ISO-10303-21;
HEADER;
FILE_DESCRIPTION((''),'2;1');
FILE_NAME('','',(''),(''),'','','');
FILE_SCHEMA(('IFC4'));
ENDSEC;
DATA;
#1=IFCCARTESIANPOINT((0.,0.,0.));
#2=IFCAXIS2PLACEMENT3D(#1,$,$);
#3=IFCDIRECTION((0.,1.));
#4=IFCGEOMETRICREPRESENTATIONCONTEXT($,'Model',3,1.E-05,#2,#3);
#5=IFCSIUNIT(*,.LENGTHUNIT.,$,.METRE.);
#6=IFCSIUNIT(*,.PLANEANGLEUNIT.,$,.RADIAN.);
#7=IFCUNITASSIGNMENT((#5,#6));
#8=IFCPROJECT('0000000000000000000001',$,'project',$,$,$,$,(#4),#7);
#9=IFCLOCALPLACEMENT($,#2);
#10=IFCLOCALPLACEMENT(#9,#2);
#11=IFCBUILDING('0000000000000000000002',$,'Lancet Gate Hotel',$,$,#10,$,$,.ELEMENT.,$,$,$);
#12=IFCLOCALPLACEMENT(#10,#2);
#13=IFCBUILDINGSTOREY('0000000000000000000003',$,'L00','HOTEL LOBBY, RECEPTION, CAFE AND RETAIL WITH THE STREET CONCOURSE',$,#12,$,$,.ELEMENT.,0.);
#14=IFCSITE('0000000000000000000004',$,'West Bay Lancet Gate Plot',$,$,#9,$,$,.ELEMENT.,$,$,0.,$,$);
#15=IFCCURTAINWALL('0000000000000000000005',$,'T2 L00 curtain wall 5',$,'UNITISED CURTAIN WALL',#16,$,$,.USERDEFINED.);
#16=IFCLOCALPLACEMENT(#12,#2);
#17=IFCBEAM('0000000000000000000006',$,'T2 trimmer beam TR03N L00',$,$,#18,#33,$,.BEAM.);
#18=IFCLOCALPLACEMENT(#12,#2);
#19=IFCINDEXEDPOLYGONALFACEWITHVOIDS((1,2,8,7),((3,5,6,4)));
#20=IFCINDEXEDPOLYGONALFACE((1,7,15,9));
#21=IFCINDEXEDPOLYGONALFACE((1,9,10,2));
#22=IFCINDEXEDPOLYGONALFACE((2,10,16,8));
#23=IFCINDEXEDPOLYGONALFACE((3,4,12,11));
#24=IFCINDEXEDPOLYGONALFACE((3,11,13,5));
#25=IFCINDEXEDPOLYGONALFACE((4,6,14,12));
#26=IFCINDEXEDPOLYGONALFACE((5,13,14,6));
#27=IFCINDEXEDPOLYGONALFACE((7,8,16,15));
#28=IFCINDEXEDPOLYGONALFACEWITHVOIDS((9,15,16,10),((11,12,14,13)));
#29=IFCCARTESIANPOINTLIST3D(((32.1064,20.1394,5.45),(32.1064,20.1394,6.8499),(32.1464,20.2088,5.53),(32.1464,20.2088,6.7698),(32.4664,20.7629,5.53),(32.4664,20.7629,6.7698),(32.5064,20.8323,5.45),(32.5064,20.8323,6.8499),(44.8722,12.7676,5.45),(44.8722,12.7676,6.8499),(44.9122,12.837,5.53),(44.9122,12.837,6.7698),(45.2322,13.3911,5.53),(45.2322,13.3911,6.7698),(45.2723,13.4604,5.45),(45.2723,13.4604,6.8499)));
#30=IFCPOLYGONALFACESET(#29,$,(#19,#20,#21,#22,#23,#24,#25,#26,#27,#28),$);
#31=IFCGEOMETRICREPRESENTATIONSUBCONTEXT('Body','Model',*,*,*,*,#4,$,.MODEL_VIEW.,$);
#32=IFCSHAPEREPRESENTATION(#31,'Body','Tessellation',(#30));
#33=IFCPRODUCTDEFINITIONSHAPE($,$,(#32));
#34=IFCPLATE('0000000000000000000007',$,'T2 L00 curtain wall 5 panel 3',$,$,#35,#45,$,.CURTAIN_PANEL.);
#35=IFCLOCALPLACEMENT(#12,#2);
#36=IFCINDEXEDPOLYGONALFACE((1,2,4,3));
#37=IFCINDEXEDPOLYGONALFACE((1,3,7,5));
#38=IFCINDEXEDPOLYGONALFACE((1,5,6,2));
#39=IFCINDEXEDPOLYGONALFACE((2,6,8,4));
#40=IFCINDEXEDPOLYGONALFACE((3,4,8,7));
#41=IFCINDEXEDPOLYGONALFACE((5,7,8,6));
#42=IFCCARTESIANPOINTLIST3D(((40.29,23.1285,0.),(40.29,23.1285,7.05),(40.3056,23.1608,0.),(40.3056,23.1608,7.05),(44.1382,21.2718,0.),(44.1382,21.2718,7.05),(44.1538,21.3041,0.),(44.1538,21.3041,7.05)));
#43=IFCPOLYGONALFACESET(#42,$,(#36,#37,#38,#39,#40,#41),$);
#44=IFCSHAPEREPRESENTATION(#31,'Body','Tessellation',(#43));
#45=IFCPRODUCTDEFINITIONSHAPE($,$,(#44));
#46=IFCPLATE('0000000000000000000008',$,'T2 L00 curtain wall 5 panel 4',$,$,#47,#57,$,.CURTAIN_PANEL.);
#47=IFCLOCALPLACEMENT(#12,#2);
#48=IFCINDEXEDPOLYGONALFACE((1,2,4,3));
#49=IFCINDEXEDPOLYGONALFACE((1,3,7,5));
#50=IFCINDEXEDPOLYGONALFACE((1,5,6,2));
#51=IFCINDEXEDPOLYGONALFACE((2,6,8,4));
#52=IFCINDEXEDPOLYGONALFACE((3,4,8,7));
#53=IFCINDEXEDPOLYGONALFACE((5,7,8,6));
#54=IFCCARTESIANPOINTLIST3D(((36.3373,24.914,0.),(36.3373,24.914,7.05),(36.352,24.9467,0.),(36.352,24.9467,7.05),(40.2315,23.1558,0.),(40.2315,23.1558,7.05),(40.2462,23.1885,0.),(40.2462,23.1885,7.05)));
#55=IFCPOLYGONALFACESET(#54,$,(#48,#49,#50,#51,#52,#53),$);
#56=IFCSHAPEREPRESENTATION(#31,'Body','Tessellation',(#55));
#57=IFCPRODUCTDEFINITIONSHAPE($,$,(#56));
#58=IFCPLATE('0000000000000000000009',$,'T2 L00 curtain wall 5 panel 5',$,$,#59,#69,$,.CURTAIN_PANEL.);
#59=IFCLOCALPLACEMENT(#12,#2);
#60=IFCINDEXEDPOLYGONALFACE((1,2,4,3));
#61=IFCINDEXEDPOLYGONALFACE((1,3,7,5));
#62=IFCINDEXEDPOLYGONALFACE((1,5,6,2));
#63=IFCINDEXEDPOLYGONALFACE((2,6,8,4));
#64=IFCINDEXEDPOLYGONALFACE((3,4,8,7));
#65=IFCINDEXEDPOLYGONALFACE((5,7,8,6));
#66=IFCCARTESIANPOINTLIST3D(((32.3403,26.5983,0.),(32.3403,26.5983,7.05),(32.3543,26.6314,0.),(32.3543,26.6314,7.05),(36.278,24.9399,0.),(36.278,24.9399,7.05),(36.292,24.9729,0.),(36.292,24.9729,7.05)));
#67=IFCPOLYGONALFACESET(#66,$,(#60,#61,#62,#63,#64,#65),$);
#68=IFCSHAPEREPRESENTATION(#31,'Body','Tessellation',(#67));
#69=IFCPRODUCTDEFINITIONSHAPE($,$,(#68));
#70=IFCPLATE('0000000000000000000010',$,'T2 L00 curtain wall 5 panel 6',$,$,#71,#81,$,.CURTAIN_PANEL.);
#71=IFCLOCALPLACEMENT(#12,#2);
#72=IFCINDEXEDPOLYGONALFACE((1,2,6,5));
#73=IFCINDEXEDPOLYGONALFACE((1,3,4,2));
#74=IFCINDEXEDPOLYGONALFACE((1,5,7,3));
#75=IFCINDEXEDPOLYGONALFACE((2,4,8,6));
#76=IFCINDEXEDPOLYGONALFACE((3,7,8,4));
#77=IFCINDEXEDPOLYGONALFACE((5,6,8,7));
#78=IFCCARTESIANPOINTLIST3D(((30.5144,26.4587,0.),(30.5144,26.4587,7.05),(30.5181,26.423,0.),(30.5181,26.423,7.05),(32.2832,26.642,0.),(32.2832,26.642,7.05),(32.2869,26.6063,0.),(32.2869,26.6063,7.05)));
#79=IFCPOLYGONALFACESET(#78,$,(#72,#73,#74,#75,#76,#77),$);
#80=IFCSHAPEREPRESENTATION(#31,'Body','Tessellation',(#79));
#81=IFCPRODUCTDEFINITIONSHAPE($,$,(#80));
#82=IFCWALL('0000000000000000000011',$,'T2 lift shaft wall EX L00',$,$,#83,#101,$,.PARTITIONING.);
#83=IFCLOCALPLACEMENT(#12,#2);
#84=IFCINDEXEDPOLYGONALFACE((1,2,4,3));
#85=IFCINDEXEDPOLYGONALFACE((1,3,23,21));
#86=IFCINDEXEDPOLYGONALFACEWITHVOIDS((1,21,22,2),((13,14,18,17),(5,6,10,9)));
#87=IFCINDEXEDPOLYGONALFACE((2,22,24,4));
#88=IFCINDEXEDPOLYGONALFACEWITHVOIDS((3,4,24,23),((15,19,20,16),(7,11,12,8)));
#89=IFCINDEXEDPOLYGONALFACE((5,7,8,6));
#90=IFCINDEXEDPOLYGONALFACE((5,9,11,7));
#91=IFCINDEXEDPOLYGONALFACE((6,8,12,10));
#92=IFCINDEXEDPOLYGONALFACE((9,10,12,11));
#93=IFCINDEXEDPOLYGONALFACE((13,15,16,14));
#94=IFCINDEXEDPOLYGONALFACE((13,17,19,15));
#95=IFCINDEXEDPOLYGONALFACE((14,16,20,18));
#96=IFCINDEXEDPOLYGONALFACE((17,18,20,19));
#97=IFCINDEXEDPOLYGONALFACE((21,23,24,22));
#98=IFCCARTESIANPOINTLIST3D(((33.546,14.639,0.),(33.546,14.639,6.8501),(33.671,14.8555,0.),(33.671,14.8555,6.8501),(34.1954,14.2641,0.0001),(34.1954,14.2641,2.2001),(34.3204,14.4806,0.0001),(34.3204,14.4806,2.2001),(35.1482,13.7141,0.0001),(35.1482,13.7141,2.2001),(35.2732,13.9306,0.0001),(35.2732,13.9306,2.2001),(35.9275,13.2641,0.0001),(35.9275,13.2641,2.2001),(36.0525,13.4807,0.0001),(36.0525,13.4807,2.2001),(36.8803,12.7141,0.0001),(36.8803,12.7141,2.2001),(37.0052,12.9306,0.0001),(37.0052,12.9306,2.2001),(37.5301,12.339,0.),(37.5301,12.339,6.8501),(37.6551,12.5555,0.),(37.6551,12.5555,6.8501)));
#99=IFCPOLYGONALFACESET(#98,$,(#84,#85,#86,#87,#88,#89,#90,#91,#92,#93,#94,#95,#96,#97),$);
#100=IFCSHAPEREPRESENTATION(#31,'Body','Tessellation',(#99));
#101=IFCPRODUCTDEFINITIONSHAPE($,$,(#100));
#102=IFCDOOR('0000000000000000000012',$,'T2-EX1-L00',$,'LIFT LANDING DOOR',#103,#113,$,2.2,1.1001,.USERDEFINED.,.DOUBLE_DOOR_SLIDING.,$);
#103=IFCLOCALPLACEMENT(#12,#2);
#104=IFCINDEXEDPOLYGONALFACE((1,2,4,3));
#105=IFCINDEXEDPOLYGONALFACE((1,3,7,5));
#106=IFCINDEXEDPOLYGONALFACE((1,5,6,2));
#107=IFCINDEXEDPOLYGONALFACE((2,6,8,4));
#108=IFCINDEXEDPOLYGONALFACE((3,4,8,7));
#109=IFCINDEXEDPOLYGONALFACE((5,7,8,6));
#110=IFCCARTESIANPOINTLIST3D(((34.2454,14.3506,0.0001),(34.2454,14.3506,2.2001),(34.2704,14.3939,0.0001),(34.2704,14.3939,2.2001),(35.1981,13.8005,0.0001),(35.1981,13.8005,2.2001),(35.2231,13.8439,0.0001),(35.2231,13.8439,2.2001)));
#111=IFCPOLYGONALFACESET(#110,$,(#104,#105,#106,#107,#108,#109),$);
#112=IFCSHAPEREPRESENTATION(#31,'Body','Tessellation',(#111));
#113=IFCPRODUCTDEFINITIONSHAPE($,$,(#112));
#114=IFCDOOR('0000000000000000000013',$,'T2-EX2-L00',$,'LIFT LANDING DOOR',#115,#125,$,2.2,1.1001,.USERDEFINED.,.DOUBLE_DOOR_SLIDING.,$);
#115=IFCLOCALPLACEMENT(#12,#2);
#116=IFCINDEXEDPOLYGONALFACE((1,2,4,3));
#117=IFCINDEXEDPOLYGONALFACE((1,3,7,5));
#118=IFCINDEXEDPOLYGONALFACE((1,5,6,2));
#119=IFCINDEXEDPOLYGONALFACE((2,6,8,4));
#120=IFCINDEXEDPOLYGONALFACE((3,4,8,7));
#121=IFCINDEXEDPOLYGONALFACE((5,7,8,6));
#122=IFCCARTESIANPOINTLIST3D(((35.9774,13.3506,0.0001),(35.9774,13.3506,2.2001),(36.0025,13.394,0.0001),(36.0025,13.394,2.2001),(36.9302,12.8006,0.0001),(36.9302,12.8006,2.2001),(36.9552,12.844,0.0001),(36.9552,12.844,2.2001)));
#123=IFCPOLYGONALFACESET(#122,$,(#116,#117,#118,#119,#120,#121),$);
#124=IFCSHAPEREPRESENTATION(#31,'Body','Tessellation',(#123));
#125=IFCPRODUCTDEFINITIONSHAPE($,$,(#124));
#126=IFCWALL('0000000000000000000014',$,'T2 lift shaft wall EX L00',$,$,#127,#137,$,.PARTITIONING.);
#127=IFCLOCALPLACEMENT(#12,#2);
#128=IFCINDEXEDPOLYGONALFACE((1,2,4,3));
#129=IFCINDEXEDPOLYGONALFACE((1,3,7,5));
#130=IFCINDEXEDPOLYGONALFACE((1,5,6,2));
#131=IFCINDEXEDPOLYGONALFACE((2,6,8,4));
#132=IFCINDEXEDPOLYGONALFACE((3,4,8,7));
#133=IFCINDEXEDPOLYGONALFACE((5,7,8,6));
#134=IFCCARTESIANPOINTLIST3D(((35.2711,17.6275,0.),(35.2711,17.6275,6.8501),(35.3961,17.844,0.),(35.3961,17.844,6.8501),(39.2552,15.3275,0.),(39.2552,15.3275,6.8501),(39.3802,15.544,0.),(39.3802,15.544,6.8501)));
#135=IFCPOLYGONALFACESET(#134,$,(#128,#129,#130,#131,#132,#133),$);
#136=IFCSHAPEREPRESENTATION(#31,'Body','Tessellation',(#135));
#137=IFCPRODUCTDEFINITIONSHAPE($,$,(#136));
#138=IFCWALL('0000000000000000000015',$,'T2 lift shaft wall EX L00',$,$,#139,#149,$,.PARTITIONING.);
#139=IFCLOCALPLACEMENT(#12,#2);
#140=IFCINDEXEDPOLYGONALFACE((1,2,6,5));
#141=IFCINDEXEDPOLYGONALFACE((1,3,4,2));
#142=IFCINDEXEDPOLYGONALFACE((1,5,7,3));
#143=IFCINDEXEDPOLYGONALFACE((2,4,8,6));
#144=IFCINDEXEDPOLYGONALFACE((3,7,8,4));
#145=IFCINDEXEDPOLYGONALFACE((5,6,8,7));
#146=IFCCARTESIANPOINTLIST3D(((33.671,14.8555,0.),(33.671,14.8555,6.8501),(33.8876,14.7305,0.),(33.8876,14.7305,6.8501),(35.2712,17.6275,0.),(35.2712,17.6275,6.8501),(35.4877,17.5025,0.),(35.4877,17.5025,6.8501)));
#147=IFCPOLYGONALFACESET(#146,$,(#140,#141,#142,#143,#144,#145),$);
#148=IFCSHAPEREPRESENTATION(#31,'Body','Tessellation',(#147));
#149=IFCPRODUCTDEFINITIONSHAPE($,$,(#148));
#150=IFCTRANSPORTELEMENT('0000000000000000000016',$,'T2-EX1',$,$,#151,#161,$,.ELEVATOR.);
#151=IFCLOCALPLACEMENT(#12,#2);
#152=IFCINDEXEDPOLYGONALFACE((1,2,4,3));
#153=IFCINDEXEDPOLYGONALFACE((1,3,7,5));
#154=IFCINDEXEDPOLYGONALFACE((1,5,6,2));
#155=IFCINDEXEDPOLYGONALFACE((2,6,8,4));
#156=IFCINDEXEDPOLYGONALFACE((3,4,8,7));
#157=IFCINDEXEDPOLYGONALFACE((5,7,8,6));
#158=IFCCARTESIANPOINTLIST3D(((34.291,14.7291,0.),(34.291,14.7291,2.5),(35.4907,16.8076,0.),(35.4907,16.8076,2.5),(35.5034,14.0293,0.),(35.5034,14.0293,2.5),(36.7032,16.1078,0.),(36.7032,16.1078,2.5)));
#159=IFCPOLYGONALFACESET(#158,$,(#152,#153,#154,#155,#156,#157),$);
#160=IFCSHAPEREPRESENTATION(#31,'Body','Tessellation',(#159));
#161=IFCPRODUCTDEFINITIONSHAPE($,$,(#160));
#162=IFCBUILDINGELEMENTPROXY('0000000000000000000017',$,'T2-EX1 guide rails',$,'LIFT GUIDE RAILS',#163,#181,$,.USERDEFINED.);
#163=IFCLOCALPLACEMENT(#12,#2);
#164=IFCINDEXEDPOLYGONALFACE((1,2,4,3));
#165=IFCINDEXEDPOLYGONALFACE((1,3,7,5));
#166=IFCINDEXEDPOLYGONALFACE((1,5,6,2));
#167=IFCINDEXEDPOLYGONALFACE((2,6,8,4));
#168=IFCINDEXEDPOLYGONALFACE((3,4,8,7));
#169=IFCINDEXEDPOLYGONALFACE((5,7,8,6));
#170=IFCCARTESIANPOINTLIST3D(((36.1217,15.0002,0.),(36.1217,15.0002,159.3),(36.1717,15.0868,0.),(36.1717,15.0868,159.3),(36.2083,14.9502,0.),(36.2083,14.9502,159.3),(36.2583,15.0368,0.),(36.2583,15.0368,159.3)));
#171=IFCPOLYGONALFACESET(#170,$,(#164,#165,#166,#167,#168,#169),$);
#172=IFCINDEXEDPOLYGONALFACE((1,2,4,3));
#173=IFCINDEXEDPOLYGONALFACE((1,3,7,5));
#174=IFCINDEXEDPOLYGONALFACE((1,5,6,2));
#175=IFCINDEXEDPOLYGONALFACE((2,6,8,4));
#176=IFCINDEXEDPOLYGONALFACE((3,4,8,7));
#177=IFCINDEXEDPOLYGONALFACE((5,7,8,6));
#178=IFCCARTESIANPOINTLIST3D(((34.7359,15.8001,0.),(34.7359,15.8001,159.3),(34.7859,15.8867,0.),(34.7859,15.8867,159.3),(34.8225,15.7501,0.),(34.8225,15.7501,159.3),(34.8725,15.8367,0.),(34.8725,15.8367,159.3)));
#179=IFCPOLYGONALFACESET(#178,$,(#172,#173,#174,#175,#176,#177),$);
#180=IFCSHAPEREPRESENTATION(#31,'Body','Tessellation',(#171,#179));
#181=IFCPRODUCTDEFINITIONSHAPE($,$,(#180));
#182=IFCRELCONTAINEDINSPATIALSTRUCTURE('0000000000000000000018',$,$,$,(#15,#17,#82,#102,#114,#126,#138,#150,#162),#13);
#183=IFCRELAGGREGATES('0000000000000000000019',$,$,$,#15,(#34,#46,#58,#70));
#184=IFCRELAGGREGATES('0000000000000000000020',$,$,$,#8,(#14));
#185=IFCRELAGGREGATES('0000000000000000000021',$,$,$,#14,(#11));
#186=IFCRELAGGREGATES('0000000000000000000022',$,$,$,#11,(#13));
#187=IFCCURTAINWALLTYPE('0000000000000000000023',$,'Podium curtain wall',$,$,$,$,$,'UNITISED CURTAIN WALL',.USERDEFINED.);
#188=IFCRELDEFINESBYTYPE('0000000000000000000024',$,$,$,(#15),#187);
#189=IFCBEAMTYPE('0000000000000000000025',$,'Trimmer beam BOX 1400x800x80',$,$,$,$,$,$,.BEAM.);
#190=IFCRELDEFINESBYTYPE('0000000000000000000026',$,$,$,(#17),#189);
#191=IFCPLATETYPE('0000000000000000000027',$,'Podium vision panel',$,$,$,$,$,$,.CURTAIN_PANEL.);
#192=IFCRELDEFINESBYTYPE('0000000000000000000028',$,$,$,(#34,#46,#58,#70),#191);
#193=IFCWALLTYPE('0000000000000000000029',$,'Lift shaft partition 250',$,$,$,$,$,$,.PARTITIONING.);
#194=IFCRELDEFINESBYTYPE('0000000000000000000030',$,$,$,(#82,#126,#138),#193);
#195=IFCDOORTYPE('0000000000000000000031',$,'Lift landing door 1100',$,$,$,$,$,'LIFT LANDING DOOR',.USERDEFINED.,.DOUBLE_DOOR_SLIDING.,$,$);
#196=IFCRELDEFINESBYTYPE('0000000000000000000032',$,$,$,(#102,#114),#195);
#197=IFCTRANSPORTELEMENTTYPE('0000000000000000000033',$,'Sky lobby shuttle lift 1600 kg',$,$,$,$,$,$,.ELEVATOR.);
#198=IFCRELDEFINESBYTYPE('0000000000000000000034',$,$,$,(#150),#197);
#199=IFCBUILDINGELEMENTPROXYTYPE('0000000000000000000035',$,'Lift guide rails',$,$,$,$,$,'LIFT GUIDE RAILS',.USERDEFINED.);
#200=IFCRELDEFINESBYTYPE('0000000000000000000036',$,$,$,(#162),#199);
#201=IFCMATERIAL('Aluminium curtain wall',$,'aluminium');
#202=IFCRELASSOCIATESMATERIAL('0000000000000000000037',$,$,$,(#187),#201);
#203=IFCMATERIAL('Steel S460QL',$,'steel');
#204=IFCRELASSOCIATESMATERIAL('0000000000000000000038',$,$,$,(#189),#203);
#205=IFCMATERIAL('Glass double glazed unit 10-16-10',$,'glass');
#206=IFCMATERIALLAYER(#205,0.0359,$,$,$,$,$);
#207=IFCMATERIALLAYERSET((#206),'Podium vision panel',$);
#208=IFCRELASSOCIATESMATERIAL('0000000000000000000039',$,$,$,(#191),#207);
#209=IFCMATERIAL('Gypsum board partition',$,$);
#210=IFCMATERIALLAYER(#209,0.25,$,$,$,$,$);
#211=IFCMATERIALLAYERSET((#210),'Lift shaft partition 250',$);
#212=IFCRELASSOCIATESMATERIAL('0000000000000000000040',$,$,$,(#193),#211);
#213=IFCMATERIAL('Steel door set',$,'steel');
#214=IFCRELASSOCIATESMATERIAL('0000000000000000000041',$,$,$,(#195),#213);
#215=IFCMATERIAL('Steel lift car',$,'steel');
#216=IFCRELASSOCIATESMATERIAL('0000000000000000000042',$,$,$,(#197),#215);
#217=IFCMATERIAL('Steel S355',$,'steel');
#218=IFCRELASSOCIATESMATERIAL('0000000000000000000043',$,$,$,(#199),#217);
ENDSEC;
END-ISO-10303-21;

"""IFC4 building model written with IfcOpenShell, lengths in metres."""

from ifc_helpers import new_model, si_unit, direction, frame, frame_2d, origin, origin_2d, place, context, subcontext, project, spatial, rectangle, hollow_rectangle, extrude, material, layer, layer_set, material_profile, profile_set, type_object, element, fill, aggregate, save


model = new_model("IFC4")

# Units and contexts
model_context = context("Model", 3, precision=1e-05, world=origin(), true_north=direction((0.0, 1.0)))
body_context = subcontext(model_context, "Body", "Model", "MODEL_VIEW")
ifc_project = project(units=[si_unit("LENGTHUNIT", "METRE"), si_unit("PLANEANGLEUNIT", "RADIAN")], contexts=[model_context])

# Site, building, storey
site_placement = place(None, origin())
site = spatial("IfcSite", under=ifc_project, at=site_placement, Name="West Bay Lancet Gate Plot", CompositionType="ELEMENT", RefElevation=0.0)
building_placement = place(site_placement, origin())
building = spatial("IfcBuilding", under=site, at=building_placement, Name="Lancet Gate Hotel", CompositionType="ELEMENT")
storey_placement = place(building_placement, origin())
storey = spatial("IfcBuildingStorey", under=building, at=storey_placement, Name="L00", Description="HOTEL LOBBY, RECEPTION, CAFE AND RETAIL WITH THE STREET CONCOURSE", CompositionType="ELEMENT", Elevation=0.0)

# Curtain wall
ifc_material_1 = material(Name="Aluminium curtain wall", Category="aluminium")
curtain_wall_type = type_object("IfcCurtainWallType", Name="Podium curtain wall", ElementType="UNITISED CURTAIN WALL", PredefinedType="USERDEFINED", material=ifc_material_1)
curtain_wall_placement = place(storey_placement, origin())
curtain_wall = element("IfcCurtainWall", 1, at=curtain_wall_placement, inside=storey, type_object=curtain_wall_type, Name="T2 L00 curtain wall 5", ObjectType="UNITISED CURTAIN WALL", PredefinedType="USERDEFINED")

# Beam
ifc_material_2 = material(Name="Steel S460QL", Category="steel")
ifc_material_profile_1 = material_profile(ifc_material_2, hollow_rectangle(XDim=0.8, YDim=1.3999, WallThickness=0.0801, at=origin_2d()), Name="BOX 1400x800x80")
ifc_profile_set_1 = profile_set([ifc_material_profile_1], Name="Steel S460QL")
beam_type_1 = type_object("IfcBeamType", Name="Trimmer beam BOX 1400x800x80", PredefinedType="BEAM", material=ifc_profile_set_1)
beam_1_placement = place(storey_placement, frame((32.3064, 20.4858, 6.1499), z_axis=(0.865983, -0.500074, 0.0), x_axis=(0.500074, 0.865983, 0.0)))
element("IfcBeam", 2, at=beam_1_placement, inside=storey, type_object=beam_type_1, Name="T2 trimmer beam TR03N L00", PredefinedType="BEAM", context=body_context, shape_type="SweptSolid", body=[
    extrude(hollow_rectangle(XDim=0.8, YDim=1.3999, WallThickness=0.0801, at=origin_2d()), origin(), (0.0, 0.0, 1.0), 14.7415),
])

# Plates
ifc_material_3 = material(Name="Glass double glazed unit 10-16-10", Category="glass")
ifc_layer_1 = layer(ifc_material_3, 0.0359)
ifc_layer_set_1 = layer_set([ifc_layer_1], Name="Podium vision panel")
plate_type = type_object("IfcPlateType", Name="Podium vision panel", PredefinedType="CURTAIN_PANEL", material=ifc_layer_set_1)
plate_1_placement = place(storey_placement, frame((42.2219, 22.2163, 0.0), z_axis=(0.0, 0.0, 1.0), x_axis=(-0.900647, 0.43455, 0.0)))
plate_1 = element("IfcPlate", 3, at=plate_1_placement, type_object=plate_type, Name="T2 L00 curtain wall 5 panel 3", PredefinedType="CURTAIN_PANEL", context=body_context, shape_type="SweptSolid", body=[
    extrude(rectangle(XDim=4.2727, YDim=0.0359, at=origin_2d()), origin(), (0.0, 0.0, 1.0), 7.05),
])
plate_2_placement = place(storey_placement, frame((38.2917, 24.0513, 0.0), z_axis=(0.0, 0.0, 1.0), x_axis=(-0.911416, 0.411487, 0.0)))
plate_2 = element("IfcPlate", 4, at=plate_2_placement, type_object=plate_type, Name="T2 L00 curtain wall 5 panel 4", PredefinedType="CURTAIN_PANEL", context=body_context, shape_type="SweptSolid", body=[
    extrude(rectangle(XDim=4.2727, YDim=0.0359, at=origin_2d()), origin(), (0.0, 0.0, 1.0), 7.05),
])
plate_3_placement = place(storey_placement, frame((34.3162, 25.7856, 0.0), z_axis=(0.0, 0.0, 1.0), x_axis=(-0.921593, 0.388157, 0.0)))
plate_3 = element("IfcPlate", 5, at=plate_3_placement, type_object=plate_type, Name="T2 L00 curtain wall 5 panel 5", PredefinedType="CURTAIN_PANEL", context=body_context, shape_type="SweptSolid", body=[
    extrude(rectangle(XDim=4.2727, YDim=0.0359, at=origin_2d()), origin(), (0.0, 0.0, 1.0), 7.05),
])
plate_4_placement = place(storey_placement, frame((31.4006, 26.5325, 0.0), z_axis=(0.0, 0.0, 1.0), x_axis=(-0.994672, -0.103088, 0.0)))
plate_4 = element("IfcPlate", 6, at=plate_4_placement, type_object=plate_type, Name="T2 L00 curtain wall 5 panel 6", PredefinedType="CURTAIN_PANEL", context=body_context, shape_type="SweptSolid", body=[
    extrude(rectangle(XDim=1.7783, YDim=0.0359, at=origin_2d()), origin(), (0.0, 0.0, 1.0), 7.05),
])
aggregate(curtain_wall, [plate_1, plate_2, plate_3, plate_4])

# Wall, openings, doors
ifc_material_4 = material(Name="Gypsum board partition")
ifc_layer_2 = layer(ifc_material_4, 0.25)
ifc_layer_set_2 = layer_set([ifc_layer_2], Name="Lift shaft partition 250")
wall_type = type_object("IfcWallType", Name="Lift shaft partition 250", PredefinedType="PARTITIONING", material=ifc_layer_set_2)
wall_1_placement = place(storey_placement, frame((33.6084, 14.7473, 0.0), z_axis=(0.0, 0.0, 1.0), x_axis=(0.866043, -0.499969, 0.0)))
wall_1 = element("IfcWall", 7, at=wall_1_placement, inside=storey, type_object=wall_type, Name="T2 lift shaft wall EX L00", PredefinedType="PARTITIONING", context=body_context, shape_type="SweptSolid", body=[
    extrude(rectangle(XDim=4.6003, YDim=0.25, at=frame_2d((2.3003, 0.0))), origin(), (0.0, 0.0, 1.0), 6.8501),
])
opening_1_placement = place(wall_1_placement, frame((0.75, 0.0, 0.0)))
opening_1 = element("IfcOpeningElement", 8, at=opening_1_placement, cuts=wall_1, PredefinedType="OPENING", context=body_context, shape_type="SweptSolid", body=[
    extrude(rectangle(XDim=1.1001, YDim=2.2, at=frame_2d((0.55, 1.1001))), frame((0.0, 0.135, 0.0), z_axis=(0.0, -1.0, 0.0), x_axis=(1.0, 0.0, 0.0)), (0.0, 0.0, 1.0), 0.27),
])
opening_2_placement = place(wall_1_placement, frame((2.75, 0.0, 0.0)))
opening_2 = element("IfcOpeningElement", 9, at=opening_2_placement, cuts=wall_1, PredefinedType="OPENING", context=body_context, shape_type="SweptSolid", body=[
    extrude(rectangle(XDim=1.1001, YDim=2.2, at=frame_2d((0.55, 1.1001))), frame((0.0, 0.135, 0.0), z_axis=(0.0, -1.0, 0.0), x_axis=(1.0, 0.0, 0.0)), (0.0, 0.0, 1.0), 0.27),
])
ifc_material_5 = material(Name="Steel door set", Category="steel")
door_type = type_object("IfcDoorType", Name="Lift landing door 1100", ElementType="LIFT LANDING DOOR", OperationType="DOUBLE_DOOR_SLIDING", PredefinedType="USERDEFINED", material=ifc_material_5)
door_1_placement = place(opening_1_placement, origin())
door_1 = element("IfcDoor", 10, at=door_1_placement, inside=storey, type_object=door_type, Name="T2-EX1-L00", ObjectType="LIFT LANDING DOOR", OperationType="DOUBLE_DOOR_SLIDING", OverallHeight=2.2, OverallWidth=1.1001, PredefinedType="USERDEFINED", context=body_context, shape_type="SweptSolid", body=[
    extrude(rectangle(XDim=1.1001, YDim=2.2, at=frame_2d((0.55, 1.1001))), frame((0.0, 0.0249, 0.0), z_axis=(0.0, -1.0, 0.0), x_axis=(1.0, 0.0, 0.0)), (0.0, 0.0, 1.0), 0.05),
])
fill(opening_1, door_1)
door_2_placement = place(opening_2_placement, origin())
door_2 = element("IfcDoor", 11, at=door_2_placement, inside=storey, type_object=door_type, Name="T2-EX2-L00", ObjectType="LIFT LANDING DOOR", OperationType="DOUBLE_DOOR_SLIDING", OverallHeight=2.2, OverallWidth=1.1001, PredefinedType="USERDEFINED", context=body_context, shape_type="SweptSolid", body=[
    extrude(rectangle(XDim=1.1001, YDim=2.2, at=frame_2d((0.55, 1.1001))), frame((0.0, 0.0249, 0.0), z_axis=(0.0, -1.0, 0.0), x_axis=(1.0, 0.0, 0.0)), (0.0, 0.0, 1.0), 0.05),
])
fill(opening_2, door_2)

# Walls
wall_2_placement = place(storey_placement, frame((35.3335, 17.7358, 0.0), z_axis=(0.0, 0.0, 1.0), x_axis=(0.866043, -0.499969, 0.0)))
element("IfcWall", 12, at=wall_2_placement, inside=storey, type_object=wall_type, Name="T2 lift shaft wall EX L00", PredefinedType="PARTITIONING", context=body_context, shape_type="SweptSolid", body=[
    extrude(rectangle(XDim=4.6003, YDim=0.25, at=frame_2d((2.3003, 0.0))), origin(), (0.0, 0.0, 1.0), 6.8501),
])
wall_3_placement = place(storey_placement, frame((33.7793, 14.793, 0.0), z_axis=(0.0, 0.0, 1.0), x_axis=(0.499929, 0.866066, 0.0)))
element("IfcWall", 13, at=wall_3_placement, inside=storey, type_object=wall_type, Name="T2 lift shaft wall EX L00", PredefinedType="PARTITIONING", context=body_context, shape_type="SweptSolid", body=[
    extrude(rectangle(XDim=3.2007, YDim=0.25, at=frame_2d((1.6003, 0.0))), origin(), (0.0, 0.0, 1.0), 6.8501),
])

# Transport element
ifc_material_6 = material(Name="Steel lift car", Category="steel")
transport_element_type = type_object("IfcTransportElementType", Name="Sky lobby shuttle lift 1600 kg", PredefinedType="ELEVATOR", material=ifc_material_6)
transport_element_placement = place(storey_placement, frame((35.4971, 15.4185, 0.0), z_axis=(0.0, 0.0, 1.0), x_axis=(0.499917, 0.866073, 0.0)))
element("IfcTransportElement", 14, at=transport_element_placement, inside=storey, type_object=transport_element_type, Name="T2-EX1", PredefinedType="ELEVATOR", context=body_context, shape_type="SweptSolid", body=[
    extrude(rectangle(XDim=2.3999, YDim=1.3999, at=origin_2d()), origin(), (0.0, 0.0, 1.0), 2.5),
])

# Building element proxy
ifc_material_7 = material(Name="Steel S355", Category="steel")
building_element_proxy_type = type_object("IfcBuildingElementProxyType", Name="Lift guide rails", ElementType="LIFT GUIDE RAILS", PredefinedType="USERDEFINED", material=ifc_material_7)
proxy_placement = place(storey_placement, frame((35.4971, 15.4185, 0.0), z_axis=(0.0, 0.0, 1.0), x_axis=(0.499917, 0.866073, 0.0)))
element("IfcBuildingElementProxy", 15, at=proxy_placement, inside=storey, type_object=building_element_proxy_type, Name="T2-EX1 guide rails", ObjectType="LIFT GUIDE RAILS", PredefinedType="USERDEFINED", context=body_context, shape_type="SweptSolid", body=[
    extrude(rectangle(XDim=0.1, YDim=0.1, at=origin_2d()), frame((0.0, -0.8, 0.0)), (0.0, 0.0, 1.0), 159.3),
    extrude(rectangle(XDim=0.1, YDim=0.1, at=origin_2d()), frame((0.0, 0.8, 0.0)), (0.0, 0.0, 1.0), 159.3),
])

save(model, "model.ifc")
